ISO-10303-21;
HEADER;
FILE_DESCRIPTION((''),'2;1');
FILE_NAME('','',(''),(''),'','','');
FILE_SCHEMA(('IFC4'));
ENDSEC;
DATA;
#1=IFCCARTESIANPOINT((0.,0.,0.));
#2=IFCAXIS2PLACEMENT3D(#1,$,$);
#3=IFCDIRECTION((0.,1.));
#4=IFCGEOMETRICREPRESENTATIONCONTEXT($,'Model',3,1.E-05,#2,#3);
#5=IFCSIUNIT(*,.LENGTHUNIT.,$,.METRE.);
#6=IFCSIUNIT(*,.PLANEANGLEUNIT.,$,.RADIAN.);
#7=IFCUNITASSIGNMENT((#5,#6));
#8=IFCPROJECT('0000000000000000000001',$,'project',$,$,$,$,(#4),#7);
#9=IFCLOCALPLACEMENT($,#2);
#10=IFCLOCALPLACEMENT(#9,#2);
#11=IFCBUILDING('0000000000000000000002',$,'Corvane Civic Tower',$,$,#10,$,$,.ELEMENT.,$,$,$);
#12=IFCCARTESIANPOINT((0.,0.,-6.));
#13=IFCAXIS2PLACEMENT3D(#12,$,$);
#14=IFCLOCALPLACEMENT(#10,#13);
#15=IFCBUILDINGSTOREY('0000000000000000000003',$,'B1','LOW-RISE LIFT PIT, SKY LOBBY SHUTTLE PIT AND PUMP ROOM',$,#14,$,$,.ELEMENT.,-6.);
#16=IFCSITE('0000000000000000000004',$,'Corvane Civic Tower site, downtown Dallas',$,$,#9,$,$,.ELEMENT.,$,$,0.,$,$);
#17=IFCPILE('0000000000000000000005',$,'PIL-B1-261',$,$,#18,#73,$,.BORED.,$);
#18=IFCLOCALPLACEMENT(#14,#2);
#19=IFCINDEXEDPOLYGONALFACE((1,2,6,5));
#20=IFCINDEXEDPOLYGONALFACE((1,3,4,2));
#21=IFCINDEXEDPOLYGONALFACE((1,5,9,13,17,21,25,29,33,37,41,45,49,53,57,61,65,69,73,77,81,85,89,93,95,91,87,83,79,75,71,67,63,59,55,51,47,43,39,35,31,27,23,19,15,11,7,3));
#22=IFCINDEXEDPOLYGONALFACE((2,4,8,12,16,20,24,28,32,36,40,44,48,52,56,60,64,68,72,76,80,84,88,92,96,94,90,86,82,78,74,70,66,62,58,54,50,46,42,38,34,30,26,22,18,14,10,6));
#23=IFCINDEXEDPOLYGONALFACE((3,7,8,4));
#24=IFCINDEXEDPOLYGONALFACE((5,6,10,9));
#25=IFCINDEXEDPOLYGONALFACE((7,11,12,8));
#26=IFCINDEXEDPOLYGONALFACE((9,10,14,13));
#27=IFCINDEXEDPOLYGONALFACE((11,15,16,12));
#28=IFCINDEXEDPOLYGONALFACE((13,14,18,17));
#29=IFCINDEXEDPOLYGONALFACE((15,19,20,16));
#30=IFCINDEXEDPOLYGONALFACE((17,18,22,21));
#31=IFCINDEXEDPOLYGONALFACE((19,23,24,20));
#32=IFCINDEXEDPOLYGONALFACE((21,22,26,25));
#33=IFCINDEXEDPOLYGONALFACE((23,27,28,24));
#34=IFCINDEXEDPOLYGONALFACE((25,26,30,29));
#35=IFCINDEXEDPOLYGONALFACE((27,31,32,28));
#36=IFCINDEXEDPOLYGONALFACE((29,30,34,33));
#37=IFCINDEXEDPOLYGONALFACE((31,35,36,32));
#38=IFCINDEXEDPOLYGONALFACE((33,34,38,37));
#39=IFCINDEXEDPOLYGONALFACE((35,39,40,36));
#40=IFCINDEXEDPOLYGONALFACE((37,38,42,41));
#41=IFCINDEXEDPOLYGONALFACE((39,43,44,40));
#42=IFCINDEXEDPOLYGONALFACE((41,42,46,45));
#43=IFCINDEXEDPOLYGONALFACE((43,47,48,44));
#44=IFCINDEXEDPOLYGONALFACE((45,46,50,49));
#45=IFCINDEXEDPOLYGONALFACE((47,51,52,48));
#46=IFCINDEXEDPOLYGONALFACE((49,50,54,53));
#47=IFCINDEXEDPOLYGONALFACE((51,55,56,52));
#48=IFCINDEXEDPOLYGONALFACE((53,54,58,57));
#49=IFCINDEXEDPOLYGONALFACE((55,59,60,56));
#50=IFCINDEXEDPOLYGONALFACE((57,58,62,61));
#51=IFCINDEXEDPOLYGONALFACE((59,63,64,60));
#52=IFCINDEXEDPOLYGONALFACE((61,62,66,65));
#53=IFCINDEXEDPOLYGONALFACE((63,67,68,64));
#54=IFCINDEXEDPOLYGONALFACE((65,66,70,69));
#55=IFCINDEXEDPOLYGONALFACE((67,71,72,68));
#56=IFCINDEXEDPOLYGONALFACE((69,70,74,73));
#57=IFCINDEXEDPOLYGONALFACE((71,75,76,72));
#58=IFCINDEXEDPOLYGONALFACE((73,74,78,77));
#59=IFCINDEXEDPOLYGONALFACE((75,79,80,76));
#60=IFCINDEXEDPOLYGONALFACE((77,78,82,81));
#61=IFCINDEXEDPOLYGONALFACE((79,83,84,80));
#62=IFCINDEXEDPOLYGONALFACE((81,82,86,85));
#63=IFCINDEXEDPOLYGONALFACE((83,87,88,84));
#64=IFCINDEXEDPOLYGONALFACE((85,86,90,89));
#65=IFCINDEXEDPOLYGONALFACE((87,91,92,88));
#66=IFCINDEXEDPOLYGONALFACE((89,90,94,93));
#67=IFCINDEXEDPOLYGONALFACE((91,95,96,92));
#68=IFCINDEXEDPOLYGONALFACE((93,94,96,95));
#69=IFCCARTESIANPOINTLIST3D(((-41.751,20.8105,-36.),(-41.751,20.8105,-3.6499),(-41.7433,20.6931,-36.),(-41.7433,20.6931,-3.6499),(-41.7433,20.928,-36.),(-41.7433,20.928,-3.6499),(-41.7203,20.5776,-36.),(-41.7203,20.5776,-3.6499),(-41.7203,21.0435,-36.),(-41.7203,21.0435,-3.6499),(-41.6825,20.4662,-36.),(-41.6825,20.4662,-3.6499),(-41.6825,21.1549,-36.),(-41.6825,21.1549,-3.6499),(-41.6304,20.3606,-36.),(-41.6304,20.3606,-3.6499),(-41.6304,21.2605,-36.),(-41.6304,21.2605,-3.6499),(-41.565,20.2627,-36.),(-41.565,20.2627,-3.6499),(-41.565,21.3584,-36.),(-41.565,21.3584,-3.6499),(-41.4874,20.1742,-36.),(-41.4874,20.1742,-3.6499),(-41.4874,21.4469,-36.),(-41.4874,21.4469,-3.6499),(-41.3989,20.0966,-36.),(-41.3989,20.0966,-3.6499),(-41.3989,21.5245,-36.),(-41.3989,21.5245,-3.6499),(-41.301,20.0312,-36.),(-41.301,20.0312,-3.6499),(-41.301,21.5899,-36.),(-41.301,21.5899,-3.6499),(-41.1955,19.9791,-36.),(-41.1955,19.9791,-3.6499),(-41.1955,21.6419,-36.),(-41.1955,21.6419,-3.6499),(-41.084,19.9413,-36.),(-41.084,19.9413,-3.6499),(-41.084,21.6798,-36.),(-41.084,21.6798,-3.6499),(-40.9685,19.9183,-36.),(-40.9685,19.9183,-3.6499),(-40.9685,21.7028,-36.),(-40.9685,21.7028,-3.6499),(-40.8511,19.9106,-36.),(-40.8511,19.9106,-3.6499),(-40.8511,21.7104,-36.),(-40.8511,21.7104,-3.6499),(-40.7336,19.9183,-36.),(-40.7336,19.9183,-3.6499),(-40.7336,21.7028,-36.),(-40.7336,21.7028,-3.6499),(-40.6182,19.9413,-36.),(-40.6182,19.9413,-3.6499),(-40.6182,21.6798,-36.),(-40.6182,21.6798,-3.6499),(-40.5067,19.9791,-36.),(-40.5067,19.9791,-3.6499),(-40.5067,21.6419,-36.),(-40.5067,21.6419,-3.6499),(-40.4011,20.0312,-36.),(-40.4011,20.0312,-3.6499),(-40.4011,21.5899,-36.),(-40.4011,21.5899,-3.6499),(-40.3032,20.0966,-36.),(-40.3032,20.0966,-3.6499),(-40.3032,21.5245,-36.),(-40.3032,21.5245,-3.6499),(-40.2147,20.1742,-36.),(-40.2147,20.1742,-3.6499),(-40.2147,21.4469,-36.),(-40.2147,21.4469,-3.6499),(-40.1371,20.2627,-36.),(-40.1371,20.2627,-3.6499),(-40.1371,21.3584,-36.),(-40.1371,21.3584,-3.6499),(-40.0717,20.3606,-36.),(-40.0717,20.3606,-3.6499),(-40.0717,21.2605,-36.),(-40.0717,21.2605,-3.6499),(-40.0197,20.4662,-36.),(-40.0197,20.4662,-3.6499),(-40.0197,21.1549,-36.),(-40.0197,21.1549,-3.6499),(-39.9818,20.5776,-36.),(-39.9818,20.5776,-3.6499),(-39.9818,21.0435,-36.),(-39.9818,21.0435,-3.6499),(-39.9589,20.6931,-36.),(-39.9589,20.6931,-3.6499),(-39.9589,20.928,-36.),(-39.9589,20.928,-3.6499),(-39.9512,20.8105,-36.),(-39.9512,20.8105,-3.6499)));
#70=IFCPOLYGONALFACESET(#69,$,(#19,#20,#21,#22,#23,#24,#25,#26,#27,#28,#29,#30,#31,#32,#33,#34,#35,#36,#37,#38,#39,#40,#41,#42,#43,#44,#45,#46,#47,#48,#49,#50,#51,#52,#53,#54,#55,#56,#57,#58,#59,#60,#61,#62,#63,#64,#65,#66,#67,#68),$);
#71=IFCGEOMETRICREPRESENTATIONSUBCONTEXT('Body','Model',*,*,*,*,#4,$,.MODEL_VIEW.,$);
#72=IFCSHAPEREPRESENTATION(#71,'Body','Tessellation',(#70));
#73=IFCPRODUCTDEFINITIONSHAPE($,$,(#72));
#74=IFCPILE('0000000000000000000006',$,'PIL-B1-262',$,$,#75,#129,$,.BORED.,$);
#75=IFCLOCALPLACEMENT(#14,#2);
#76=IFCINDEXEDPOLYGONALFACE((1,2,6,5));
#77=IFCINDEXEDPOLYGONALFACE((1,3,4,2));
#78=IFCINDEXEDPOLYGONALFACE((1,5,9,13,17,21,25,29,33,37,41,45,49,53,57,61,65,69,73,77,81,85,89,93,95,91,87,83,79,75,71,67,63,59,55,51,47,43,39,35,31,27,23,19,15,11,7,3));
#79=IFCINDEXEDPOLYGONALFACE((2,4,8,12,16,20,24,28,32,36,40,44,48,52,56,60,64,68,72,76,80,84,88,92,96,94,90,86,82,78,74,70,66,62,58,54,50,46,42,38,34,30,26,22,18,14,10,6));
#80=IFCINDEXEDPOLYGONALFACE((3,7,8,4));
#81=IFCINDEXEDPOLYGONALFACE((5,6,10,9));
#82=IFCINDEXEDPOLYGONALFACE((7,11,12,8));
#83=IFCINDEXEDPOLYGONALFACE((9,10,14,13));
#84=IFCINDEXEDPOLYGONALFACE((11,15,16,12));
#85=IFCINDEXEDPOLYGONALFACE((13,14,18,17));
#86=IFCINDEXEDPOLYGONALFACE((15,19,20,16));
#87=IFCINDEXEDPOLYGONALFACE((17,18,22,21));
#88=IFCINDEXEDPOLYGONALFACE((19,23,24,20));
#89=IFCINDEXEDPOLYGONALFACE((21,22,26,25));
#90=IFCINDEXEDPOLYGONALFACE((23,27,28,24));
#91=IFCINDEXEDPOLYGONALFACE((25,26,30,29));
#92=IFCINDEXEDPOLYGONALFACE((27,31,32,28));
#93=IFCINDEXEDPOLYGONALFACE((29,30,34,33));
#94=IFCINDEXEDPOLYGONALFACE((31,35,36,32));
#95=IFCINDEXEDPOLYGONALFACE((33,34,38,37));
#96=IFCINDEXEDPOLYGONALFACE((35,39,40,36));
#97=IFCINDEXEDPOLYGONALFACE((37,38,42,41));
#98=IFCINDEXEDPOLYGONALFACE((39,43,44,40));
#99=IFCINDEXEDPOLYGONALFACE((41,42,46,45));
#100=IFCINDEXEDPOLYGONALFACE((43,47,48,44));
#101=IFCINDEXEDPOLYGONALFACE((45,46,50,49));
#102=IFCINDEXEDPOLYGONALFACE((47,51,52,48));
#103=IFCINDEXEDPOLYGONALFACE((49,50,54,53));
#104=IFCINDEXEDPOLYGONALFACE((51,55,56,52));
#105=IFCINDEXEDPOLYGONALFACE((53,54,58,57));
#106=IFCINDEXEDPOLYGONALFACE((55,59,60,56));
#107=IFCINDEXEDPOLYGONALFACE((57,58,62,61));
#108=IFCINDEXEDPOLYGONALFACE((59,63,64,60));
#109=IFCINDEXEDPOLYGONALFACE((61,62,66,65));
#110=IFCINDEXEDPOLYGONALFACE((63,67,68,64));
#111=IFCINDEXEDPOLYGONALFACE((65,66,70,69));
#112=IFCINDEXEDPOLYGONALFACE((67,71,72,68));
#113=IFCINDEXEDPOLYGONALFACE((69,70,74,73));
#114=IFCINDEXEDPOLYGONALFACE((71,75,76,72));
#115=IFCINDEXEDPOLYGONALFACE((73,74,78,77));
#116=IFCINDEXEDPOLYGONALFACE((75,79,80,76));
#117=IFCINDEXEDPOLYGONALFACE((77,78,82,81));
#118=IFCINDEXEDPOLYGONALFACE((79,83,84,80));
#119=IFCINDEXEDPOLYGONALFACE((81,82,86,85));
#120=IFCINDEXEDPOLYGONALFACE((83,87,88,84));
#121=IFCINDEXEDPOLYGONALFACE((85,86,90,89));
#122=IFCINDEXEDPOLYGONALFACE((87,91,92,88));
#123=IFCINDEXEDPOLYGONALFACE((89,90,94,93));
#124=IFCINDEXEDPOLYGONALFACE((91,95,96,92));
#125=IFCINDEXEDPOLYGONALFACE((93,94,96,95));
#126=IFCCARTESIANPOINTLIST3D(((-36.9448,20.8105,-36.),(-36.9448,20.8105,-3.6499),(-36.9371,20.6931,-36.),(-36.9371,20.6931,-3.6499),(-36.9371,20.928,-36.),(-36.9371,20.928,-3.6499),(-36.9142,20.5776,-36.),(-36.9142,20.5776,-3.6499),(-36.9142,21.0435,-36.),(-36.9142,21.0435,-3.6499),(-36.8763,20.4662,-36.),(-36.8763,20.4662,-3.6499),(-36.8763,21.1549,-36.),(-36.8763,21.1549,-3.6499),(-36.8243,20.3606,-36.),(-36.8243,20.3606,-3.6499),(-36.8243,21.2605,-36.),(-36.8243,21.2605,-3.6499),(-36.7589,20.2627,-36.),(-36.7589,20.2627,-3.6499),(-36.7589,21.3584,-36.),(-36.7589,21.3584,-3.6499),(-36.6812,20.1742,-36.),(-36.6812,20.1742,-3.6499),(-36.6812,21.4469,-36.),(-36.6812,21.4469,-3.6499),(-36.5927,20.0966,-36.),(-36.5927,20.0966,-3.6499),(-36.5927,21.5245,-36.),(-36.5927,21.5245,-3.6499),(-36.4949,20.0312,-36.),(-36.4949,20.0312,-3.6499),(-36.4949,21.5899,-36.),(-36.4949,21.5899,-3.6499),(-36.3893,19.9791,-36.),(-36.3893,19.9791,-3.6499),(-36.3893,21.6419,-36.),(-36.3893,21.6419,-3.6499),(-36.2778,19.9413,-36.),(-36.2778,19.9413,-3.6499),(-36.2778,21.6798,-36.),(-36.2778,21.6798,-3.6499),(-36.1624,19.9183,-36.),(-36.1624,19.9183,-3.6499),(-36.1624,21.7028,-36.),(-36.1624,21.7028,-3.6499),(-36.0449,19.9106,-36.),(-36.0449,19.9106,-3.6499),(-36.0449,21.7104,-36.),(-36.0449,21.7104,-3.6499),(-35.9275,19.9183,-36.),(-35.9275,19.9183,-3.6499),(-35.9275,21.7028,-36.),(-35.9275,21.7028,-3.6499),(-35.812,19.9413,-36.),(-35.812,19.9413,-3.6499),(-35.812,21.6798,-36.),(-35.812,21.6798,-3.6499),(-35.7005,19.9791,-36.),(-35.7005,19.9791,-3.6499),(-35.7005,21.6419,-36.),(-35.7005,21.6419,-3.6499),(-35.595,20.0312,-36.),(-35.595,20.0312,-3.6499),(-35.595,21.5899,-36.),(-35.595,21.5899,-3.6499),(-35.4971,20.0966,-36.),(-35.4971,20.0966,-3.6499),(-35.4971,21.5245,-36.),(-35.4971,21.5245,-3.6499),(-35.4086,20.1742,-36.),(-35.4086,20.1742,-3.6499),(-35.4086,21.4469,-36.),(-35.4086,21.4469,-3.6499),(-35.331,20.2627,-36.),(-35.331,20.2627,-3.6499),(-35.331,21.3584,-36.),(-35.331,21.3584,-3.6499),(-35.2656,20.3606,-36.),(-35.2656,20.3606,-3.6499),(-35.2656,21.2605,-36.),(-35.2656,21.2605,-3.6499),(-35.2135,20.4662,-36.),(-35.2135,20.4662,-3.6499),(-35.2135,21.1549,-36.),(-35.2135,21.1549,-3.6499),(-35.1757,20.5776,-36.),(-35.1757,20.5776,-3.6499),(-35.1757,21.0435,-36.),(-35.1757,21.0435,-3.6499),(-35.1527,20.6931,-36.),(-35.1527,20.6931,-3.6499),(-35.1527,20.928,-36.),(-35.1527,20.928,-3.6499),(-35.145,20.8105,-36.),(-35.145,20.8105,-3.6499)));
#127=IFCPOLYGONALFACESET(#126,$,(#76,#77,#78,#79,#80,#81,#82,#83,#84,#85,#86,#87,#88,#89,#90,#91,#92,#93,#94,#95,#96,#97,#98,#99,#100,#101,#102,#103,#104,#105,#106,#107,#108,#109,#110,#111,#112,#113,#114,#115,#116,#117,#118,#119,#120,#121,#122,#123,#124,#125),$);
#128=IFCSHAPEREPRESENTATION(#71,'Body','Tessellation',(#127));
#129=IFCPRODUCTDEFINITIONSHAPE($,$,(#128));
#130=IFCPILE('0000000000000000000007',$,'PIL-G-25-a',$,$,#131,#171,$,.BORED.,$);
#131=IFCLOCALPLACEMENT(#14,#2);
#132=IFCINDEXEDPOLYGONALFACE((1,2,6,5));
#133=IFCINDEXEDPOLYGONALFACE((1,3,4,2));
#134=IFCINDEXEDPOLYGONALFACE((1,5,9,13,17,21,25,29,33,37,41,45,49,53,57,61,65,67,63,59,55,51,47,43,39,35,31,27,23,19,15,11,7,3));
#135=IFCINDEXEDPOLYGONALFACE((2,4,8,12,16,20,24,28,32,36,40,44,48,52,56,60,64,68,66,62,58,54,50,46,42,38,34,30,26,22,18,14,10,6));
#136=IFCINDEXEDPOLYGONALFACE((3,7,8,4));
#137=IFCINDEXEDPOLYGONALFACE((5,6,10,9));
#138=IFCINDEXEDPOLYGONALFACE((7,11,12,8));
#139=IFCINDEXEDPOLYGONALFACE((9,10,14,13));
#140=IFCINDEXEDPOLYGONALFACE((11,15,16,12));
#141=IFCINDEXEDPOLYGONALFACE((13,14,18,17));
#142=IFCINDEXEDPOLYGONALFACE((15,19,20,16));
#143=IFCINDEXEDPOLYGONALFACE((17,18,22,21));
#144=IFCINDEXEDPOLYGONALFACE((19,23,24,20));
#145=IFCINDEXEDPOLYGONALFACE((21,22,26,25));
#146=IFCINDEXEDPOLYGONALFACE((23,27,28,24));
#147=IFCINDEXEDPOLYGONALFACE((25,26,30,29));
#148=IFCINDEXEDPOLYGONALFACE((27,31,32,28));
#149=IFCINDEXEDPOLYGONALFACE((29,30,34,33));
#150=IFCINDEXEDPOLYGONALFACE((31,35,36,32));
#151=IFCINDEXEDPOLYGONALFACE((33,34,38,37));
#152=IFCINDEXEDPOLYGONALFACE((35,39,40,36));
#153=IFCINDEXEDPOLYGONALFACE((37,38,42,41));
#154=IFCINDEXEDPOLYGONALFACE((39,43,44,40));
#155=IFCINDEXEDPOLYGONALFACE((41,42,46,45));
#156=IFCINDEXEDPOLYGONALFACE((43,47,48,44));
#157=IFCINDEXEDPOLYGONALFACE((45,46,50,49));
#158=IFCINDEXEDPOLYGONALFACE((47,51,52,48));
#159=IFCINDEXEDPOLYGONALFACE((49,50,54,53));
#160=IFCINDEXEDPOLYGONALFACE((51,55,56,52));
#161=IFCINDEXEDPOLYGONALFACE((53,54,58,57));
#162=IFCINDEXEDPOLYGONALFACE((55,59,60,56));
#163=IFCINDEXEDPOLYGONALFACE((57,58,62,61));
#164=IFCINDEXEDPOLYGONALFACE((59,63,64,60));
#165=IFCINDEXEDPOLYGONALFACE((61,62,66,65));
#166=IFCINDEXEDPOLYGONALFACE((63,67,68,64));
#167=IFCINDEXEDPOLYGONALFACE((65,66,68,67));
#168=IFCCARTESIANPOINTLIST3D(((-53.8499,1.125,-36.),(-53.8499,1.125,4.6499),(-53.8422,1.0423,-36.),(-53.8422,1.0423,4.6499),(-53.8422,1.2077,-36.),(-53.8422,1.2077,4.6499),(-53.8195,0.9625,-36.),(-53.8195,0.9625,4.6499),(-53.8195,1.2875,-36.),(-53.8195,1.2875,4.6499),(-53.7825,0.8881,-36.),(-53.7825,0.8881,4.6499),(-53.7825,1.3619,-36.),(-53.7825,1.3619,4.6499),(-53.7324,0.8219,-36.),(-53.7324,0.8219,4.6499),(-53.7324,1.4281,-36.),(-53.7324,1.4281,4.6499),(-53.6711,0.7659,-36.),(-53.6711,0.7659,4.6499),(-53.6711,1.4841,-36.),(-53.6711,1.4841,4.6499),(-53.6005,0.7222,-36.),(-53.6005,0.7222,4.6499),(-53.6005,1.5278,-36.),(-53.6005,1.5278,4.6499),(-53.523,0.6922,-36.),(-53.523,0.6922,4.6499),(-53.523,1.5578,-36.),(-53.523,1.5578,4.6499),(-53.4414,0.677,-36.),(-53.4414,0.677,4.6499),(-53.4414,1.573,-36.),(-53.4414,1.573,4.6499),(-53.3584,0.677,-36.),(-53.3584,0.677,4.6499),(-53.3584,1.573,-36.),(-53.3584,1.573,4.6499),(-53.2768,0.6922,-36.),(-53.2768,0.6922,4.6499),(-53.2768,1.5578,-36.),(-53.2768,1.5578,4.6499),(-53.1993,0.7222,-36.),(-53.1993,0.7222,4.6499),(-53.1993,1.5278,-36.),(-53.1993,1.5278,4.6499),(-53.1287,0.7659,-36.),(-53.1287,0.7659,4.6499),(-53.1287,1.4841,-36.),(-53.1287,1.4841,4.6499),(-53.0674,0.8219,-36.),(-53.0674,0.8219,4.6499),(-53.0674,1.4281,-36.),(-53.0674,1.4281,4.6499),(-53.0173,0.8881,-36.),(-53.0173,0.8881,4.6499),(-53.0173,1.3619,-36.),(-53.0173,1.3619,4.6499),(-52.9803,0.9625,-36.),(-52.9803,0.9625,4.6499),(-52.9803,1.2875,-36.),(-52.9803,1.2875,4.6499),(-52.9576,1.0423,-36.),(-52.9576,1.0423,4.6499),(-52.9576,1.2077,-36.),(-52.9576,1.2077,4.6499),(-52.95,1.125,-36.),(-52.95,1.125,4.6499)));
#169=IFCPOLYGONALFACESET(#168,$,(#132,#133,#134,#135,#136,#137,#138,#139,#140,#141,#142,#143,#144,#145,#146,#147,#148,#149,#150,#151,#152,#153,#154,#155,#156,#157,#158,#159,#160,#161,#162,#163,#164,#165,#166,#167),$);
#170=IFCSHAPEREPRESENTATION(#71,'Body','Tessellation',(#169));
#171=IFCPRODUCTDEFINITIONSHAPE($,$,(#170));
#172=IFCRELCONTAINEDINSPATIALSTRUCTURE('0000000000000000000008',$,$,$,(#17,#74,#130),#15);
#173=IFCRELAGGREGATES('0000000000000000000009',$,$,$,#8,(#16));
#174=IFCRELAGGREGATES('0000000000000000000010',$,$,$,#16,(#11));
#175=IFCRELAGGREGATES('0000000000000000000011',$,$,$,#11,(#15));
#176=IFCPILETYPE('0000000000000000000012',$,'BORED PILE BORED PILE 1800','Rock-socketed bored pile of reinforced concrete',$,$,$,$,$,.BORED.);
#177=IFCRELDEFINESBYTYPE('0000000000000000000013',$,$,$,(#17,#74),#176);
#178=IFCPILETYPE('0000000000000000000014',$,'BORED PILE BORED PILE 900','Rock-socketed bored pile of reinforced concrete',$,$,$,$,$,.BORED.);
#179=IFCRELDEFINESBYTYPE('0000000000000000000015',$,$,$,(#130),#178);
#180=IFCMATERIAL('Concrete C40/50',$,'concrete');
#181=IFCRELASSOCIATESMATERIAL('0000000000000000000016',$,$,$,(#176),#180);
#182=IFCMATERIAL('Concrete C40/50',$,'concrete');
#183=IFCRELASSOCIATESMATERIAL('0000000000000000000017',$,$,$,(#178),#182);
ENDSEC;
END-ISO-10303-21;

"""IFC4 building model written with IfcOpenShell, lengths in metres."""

from ifc_helpers import new_model, si_unit, direction, frame, origin, origin_2d, place, context, subcontext, project, spatial, circle, extrude, material, material_profile, profile_set, type_object, element, save


model = new_model("IFC4")

# Units and contexts
model_context = context("Model", 3, precision=1e-05, world=origin(), true_north=direction((0.0, 1.0)))
body_context = subcontext(model_context, "Body", "Model", "MODEL_VIEW")
ifc_project = project(units=[si_unit("LENGTHUNIT", "METRE"), si_unit("PLANEANGLEUNIT", "RADIAN")], contexts=[model_context])

# Site, building, storey
site_placement = place(None, origin())
site = spatial("IfcSite", under=ifc_project, at=site_placement, Name="Corvane Civic Tower site, downtown Dallas", CompositionType="ELEMENT", RefElevation=0.0)
building_placement = place(site_placement, origin())
building = spatial("IfcBuilding", under=site, at=building_placement, Name="Corvane Civic Tower", CompositionType="ELEMENT")
storey_placement = place(building_placement, frame((0.0, 0.0, -6.0)))
storey = spatial("IfcBuildingStorey", under=building, at=storey_placement, Name="B1", Description="LOW-RISE LIFT PIT, SKY LOBBY SHUTTLE PIT AND PUMP ROOM", CompositionType="ELEMENT", Elevation=-6.0)

# Piles
ifc_material_1 = material(Name="Concrete C40/50", Category="concrete")
ifc_material_profile_1 = material_profile(ifc_material_1, circle(Radius=0.8999, at=origin_2d()), Name="BORED PILE 1800")
ifc_profile_set_1 = profile_set([ifc_material_profile_1], Name="Concrete C40/50")
pile_type_1 = type_object("IfcPileType", Name="BORED PILE BORED PILE 1800", Description="Rock-socketed bored pile of reinforced concrete", PredefinedType="BORED", material=ifc_profile_set_1)
for number, where, z_axis, x_axis, name in (
    (1, (-40.8511, 20.8105, -3.6499), (0.0, 0.0, -1.0), (1.0, 0.0, 0.0), "PIL-B1-261"),
    (2, (-36.0449, 20.8105, -3.6499), (0.0, 0.0, -1.0), (1.0, 0.0, 0.0), "PIL-B1-262"),
):
    element("IfcPile", number, at=place(storey_placement, frame(where, z_axis=z_axis, x_axis=x_axis)), inside=storey, type_object=pile_type_1, Name=name, PredefinedType="BORED", context=body_context, shape_type="SweptSolid", body=[
        extrude(circle(Radius=0.8999, at=origin_2d()), origin(), (0.0, 0.0, 1.0), 32.3501),
    ])
ifc_material_2 = material(Name="Concrete C40/50", Category="concrete")
ifc_material_profile_2 = material_profile(ifc_material_2, circle(Radius=0.45, at=origin_2d()), Name="BORED PILE 900")
ifc_profile_set_2 = profile_set([ifc_material_profile_2], Name="Concrete C40/50")
pile_type_2 = type_object("IfcPileType", Name="BORED PILE BORED PILE 900", Description="Rock-socketed bored pile of reinforced concrete", PredefinedType="BORED", material=ifc_profile_set_2)
for number, where, z_axis, x_axis, name in (
    (3, (-53.3999, 1.125, 4.6499), (0.0, 0.0, -1.0), (1.0, 0.0, 0.0), "PIL-G-25-a"),
):
    element("IfcPile", number, at=place(storey_placement, frame(where, z_axis=z_axis, x_axis=x_axis)), inside=storey, type_object=pile_type_2, Name=name, PredefinedType="BORED", context=body_context, shape_type="SweptSolid", body=[
        extrude(circle(Radius=0.45, at=origin_2d()), origin(), (0.0, 0.0, 1.0), 40.6499),
    ])

save(model, "model.ifc")
